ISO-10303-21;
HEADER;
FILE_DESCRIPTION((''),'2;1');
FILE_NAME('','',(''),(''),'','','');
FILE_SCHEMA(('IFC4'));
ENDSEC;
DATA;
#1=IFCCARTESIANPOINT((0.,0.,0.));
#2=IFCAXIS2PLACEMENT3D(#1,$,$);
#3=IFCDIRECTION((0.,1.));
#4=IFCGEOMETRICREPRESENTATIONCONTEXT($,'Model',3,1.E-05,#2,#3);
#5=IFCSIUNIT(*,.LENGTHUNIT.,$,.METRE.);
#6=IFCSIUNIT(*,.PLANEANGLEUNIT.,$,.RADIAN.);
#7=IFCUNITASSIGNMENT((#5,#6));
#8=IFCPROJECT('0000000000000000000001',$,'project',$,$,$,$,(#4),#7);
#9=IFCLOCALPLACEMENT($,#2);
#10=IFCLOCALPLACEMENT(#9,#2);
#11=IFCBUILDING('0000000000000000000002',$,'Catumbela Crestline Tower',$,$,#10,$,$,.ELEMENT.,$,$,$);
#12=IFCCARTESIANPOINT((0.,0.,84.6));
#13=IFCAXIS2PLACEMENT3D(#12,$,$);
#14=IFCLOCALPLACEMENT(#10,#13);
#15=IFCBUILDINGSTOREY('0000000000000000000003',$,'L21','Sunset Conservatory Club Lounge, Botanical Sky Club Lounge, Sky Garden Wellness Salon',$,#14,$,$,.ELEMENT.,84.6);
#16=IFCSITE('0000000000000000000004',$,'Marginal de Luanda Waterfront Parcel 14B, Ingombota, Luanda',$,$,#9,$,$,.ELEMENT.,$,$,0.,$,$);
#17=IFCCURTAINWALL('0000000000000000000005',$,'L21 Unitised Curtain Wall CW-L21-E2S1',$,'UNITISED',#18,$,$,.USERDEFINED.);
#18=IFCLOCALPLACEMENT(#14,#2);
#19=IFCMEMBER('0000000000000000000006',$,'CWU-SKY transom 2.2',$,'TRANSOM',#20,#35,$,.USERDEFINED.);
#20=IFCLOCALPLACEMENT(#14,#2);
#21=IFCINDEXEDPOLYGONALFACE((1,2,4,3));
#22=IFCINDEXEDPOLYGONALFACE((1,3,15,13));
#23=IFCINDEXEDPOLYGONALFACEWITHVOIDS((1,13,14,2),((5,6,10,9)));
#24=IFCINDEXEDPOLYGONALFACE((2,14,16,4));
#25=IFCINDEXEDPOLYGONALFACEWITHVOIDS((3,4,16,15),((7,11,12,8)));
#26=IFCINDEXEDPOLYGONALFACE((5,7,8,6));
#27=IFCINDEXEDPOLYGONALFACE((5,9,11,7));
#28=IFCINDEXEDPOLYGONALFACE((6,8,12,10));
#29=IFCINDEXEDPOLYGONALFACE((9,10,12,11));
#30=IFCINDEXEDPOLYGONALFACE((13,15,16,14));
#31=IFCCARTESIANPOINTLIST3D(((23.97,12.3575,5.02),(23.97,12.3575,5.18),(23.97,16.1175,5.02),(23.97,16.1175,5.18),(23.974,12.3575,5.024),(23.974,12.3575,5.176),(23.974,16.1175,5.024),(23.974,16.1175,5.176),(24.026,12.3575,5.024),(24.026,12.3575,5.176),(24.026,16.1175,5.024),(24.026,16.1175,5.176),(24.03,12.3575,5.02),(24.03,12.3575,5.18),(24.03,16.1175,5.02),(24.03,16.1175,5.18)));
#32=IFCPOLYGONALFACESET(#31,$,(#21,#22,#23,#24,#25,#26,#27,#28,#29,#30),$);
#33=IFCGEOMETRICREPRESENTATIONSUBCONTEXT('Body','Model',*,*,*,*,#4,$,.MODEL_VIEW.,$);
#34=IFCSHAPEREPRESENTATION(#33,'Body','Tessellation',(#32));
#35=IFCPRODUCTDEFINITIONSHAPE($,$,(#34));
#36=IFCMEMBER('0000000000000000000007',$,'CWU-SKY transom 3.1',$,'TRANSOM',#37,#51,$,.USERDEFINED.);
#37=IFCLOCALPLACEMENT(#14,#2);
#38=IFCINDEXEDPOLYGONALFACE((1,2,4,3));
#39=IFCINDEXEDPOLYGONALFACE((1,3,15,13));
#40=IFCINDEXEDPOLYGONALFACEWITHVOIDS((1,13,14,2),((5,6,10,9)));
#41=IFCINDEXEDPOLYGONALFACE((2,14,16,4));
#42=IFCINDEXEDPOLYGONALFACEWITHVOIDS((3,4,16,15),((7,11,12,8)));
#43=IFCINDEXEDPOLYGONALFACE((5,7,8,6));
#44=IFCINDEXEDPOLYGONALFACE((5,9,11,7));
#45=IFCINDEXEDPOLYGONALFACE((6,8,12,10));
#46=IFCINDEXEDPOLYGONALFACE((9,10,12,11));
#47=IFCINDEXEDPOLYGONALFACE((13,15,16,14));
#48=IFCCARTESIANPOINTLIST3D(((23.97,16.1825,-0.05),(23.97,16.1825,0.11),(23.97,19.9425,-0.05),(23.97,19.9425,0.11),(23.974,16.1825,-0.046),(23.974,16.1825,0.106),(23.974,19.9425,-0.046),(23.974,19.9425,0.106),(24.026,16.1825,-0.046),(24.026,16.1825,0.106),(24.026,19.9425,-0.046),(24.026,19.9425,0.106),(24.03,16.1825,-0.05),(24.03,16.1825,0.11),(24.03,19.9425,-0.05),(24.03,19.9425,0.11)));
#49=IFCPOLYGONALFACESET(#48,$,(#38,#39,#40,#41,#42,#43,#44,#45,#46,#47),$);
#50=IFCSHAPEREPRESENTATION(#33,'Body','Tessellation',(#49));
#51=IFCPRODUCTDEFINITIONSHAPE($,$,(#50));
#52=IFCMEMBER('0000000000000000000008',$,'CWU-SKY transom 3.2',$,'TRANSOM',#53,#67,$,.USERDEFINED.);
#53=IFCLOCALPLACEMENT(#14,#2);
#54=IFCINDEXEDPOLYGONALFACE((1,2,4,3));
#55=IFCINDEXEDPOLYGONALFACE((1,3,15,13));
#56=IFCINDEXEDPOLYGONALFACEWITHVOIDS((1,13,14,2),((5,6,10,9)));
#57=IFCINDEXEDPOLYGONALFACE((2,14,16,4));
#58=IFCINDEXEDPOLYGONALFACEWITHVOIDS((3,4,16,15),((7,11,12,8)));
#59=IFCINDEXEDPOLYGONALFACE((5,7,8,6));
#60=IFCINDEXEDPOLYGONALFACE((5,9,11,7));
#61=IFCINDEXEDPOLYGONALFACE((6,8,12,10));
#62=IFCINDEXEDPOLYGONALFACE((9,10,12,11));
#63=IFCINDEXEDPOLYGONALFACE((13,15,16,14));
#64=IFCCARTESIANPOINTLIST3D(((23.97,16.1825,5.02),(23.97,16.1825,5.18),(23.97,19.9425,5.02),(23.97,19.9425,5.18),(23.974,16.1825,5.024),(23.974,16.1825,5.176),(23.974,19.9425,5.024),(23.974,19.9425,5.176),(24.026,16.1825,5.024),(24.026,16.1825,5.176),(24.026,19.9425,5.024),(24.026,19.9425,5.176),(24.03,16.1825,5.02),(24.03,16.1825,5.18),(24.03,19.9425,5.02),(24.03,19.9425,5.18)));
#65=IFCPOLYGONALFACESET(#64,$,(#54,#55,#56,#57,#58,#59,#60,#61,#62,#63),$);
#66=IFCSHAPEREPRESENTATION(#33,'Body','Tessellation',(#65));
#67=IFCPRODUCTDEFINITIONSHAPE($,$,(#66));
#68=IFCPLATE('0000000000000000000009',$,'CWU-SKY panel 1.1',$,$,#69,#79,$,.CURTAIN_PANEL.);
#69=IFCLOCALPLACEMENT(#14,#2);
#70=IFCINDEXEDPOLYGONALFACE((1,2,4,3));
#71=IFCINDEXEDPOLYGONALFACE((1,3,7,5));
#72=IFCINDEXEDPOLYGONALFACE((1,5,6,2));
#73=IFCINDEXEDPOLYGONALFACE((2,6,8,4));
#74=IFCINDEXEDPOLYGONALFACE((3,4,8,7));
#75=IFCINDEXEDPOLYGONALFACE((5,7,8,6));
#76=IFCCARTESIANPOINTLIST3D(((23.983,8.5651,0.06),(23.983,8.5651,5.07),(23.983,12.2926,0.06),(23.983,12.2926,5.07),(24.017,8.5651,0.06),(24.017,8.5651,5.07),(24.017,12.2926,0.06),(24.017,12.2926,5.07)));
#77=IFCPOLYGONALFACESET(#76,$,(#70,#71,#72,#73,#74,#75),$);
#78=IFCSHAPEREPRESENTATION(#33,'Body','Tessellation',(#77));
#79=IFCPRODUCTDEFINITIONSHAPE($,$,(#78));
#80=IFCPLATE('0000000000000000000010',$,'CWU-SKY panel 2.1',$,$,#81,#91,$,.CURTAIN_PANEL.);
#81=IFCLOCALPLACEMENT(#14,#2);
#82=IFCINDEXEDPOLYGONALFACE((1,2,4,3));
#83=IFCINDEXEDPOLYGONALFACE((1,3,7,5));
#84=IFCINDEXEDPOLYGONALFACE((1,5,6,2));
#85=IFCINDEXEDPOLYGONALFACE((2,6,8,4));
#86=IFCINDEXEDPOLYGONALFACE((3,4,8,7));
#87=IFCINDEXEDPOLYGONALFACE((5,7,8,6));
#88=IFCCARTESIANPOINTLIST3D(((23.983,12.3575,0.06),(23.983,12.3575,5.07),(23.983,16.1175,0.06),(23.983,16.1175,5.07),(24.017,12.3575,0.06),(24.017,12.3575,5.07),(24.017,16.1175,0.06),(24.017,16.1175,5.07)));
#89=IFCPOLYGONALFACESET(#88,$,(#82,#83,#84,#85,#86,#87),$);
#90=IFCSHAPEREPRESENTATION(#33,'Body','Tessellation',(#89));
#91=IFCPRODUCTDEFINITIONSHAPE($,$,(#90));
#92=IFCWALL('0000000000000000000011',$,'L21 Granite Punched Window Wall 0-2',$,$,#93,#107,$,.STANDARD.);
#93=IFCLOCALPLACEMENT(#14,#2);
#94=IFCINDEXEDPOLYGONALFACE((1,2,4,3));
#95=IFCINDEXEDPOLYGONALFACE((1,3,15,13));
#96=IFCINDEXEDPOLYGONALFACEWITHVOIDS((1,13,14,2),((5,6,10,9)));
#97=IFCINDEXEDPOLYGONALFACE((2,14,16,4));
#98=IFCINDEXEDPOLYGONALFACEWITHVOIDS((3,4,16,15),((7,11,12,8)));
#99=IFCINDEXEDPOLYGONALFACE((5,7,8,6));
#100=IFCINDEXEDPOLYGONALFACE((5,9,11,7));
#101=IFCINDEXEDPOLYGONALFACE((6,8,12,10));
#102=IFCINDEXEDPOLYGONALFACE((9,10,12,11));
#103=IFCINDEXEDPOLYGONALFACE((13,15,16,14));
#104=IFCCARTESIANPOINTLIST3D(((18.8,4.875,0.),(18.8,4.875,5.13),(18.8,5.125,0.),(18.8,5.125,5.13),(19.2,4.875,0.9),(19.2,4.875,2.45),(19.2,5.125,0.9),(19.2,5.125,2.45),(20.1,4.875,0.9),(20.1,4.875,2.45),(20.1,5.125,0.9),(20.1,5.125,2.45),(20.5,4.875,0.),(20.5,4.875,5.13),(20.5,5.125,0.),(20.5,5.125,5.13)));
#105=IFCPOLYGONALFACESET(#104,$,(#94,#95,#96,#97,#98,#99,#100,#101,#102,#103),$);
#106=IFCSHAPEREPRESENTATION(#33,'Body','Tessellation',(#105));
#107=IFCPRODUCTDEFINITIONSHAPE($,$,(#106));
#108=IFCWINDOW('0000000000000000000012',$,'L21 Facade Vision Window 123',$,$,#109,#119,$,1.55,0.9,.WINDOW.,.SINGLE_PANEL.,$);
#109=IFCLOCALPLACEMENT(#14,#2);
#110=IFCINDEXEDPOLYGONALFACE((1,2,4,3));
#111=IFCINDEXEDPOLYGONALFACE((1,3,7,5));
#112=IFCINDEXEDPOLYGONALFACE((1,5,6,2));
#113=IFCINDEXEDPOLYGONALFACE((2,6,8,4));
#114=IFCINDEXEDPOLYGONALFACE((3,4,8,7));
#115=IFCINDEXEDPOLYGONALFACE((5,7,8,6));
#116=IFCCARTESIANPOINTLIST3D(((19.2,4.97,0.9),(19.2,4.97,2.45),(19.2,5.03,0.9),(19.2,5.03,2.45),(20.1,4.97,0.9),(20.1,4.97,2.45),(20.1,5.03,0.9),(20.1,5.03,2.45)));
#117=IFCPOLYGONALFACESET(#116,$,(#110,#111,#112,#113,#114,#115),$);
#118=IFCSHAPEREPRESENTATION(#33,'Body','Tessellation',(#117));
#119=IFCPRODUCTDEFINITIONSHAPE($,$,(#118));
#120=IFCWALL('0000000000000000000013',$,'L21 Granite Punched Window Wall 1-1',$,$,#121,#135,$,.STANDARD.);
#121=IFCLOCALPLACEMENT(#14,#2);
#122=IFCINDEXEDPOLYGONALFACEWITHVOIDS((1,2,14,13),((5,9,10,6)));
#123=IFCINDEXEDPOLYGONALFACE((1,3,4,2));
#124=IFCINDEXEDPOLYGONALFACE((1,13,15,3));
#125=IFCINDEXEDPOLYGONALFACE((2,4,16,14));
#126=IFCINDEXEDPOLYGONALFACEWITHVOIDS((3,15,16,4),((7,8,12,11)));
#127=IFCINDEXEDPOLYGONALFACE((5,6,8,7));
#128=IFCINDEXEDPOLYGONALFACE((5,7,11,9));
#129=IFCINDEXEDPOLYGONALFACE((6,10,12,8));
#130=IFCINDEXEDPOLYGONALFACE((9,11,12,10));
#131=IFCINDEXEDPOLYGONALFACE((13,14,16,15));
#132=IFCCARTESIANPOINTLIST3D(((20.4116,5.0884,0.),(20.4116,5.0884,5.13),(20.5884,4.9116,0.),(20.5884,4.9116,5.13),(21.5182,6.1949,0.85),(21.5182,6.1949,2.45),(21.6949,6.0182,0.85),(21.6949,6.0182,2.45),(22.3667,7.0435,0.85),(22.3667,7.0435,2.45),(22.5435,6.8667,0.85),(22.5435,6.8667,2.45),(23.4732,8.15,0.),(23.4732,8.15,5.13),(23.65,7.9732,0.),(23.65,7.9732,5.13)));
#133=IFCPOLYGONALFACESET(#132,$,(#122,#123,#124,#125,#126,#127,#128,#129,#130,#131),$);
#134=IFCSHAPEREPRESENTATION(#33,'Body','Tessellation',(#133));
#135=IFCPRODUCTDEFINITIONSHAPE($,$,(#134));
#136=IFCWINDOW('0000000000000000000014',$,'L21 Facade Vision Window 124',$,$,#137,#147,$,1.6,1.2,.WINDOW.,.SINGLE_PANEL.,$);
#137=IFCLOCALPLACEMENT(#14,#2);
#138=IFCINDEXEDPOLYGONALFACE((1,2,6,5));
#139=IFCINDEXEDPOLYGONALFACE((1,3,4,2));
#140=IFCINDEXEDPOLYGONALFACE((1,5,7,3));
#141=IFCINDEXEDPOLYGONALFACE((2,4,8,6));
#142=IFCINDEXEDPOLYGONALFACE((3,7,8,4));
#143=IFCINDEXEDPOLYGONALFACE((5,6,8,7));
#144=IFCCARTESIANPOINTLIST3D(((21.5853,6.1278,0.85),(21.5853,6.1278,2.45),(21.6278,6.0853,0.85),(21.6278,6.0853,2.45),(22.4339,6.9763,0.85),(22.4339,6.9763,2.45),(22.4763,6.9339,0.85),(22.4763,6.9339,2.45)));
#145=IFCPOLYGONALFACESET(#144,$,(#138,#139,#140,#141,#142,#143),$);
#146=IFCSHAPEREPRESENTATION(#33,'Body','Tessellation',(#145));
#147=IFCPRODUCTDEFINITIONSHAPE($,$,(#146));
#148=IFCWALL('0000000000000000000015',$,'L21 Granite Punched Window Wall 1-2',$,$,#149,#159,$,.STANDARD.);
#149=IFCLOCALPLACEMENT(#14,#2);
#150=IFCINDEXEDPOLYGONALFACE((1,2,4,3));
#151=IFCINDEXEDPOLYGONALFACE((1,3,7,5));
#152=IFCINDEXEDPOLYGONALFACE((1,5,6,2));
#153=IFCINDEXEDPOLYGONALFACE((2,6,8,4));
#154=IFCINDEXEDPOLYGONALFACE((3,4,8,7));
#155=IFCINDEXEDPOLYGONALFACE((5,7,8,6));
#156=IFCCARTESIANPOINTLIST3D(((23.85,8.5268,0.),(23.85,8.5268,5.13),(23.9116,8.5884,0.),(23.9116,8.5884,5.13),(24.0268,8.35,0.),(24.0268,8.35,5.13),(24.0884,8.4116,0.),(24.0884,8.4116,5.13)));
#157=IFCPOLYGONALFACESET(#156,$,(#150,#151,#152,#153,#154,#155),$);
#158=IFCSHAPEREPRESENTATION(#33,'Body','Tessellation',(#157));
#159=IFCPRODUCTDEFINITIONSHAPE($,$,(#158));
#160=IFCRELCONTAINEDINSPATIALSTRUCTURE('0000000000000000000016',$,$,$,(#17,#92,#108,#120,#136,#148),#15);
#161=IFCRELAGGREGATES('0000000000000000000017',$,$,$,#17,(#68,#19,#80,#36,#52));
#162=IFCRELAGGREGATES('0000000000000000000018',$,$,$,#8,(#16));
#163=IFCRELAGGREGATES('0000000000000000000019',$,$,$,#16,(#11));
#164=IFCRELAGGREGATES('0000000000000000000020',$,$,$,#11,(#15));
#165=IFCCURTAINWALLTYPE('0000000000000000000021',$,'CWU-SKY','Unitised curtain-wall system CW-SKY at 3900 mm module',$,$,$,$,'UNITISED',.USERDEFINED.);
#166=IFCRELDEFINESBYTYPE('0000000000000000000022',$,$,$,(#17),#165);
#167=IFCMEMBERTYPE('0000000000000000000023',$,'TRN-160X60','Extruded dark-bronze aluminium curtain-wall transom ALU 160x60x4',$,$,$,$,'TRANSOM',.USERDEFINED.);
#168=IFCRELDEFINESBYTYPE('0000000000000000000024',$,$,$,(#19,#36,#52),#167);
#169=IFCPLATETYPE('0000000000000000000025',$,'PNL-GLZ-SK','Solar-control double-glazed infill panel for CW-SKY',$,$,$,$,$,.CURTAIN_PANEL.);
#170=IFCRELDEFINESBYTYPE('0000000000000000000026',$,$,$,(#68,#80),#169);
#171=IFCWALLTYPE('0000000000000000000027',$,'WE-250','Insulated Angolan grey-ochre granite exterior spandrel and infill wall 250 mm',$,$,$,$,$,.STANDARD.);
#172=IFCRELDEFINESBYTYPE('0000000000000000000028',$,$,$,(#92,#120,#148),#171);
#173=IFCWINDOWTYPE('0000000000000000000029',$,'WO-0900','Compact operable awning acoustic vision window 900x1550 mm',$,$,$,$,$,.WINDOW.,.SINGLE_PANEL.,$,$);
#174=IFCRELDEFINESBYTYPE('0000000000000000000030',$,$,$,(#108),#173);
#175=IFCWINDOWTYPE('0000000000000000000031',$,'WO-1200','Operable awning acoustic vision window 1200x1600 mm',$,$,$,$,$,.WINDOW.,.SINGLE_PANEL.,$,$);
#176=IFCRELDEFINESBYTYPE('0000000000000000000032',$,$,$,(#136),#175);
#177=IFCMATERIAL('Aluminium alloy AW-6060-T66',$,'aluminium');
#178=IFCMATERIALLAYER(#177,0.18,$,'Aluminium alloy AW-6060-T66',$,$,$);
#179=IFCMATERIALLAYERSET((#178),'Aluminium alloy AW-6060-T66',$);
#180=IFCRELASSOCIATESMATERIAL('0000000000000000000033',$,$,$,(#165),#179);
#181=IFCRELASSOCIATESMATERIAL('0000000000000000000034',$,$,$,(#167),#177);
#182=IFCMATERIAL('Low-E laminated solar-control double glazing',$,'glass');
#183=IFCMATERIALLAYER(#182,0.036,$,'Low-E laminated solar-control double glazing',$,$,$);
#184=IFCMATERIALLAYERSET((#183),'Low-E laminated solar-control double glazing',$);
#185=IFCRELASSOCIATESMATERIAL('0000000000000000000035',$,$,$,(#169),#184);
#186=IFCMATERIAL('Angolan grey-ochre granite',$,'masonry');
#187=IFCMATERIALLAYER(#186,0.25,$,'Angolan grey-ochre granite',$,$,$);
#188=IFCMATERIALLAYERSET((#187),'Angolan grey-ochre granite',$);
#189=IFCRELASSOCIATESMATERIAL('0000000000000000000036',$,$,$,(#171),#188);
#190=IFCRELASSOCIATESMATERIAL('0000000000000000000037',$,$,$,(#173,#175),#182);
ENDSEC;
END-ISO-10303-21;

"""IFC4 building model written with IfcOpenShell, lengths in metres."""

from ifc_helpers import new_model, si_unit, direction, frame, frame_2d, origin, origin_2d, place, context, subcontext, project, spatial, rectangle, hollow_rectangle, extrude, material, layer, layer_set, material_profile, profile_set, type_object, element, fill, aggregate, save


model = new_model("IFC4")

# Units and contexts
model_context = context("Model", 3, precision=1e-05, world=origin(), true_north=direction((0.0, 1.0)))
body_context = subcontext(model_context, "Body", "Model", "MODEL_VIEW")
ifc_project = project(units=[si_unit("LENGTHUNIT", "METRE"), si_unit("PLANEANGLEUNIT", "RADIAN")], contexts=[model_context])

# Site, building, storey
site_placement = place(None, origin())
site = spatial("IfcSite", under=ifc_project, at=site_placement, Name="Marginal de Luanda Waterfront Parcel 14B, Ingombota, Luanda", CompositionType="ELEMENT", RefElevation=0.0)
building_placement = place(site_placement, origin())
building = spatial("IfcBuilding", under=site, at=building_placement, Name="Catumbela Crestline Tower", CompositionType="ELEMENT")
storey_placement = place(building_placement, frame((0.0, 0.0, 84.6)))
storey = spatial("IfcBuildingStorey", under=building, at=storey_placement, Name="L21", Description="Sunset Conservatory Club Lounge, Botanical Sky Club Lounge, Sky Garden Wellness Salon", CompositionType="ELEMENT", Elevation=84.6)

# Curtain wall
ifc_material_1 = material(Name="Aluminium alloy AW-6060-T66", Category="aluminium")
ifc_layer_1 = layer(ifc_material_1, 0.18, Name="Aluminium alloy AW-6060-T66")
ifc_layer_set_1 = layer_set([ifc_layer_1], Name="Aluminium alloy AW-6060-T66")
curtain_wall_type = type_object("IfcCurtainWallType", Name="CWU-SKY", Description="Unitised curtain-wall system CW-SKY at 3900 mm module", ElementType="UNITISED", PredefinedType="USERDEFINED", material=ifc_layer_set_1)
curtain_wall_placement = place(storey_placement, origin())
curtain_wall = element("IfcCurtainWall", 1, at=curtain_wall_placement, inside=storey, type_object=curtain_wall_type, Name="L21 Unitised Curtain Wall CW-L21-E2S1", ObjectType="UNITISED", PredefinedType="USERDEFINED")

# Members
ifc_material_profile_1 = material_profile(ifc_material_1, hollow_rectangle(XDim=0.06, YDim=0.16, WallThickness=0.004, at=origin_2d()), Name="ALU 160x60x4")
ifc_profile_set_1 = profile_set([ifc_material_profile_1], Name="Aluminium alloy AW-6060-T66")
member_type_1 = type_object("IfcMemberType", Name="TRN-160X60", Description="Extruded dark-bronze aluminium curtain-wall transom ALU 160x60x4", ElementType="TRANSOM", PredefinedType="USERDEFINED", material=ifc_profile_set_1)
member_1_placement = place(storey_placement, frame((24.0, 12.3575, 5.1), z_axis=(0.0, 1.0, 0.0), x_axis=(-1.0, 0.0, 0.0)))
member_1 = element("IfcMember", 2, at=member_1_placement, type_object=member_type_1, Name="CWU-SKY transom 2.2", ObjectType="TRANSOM", PredefinedType="USERDEFINED", context=body_context, shape_type="SweptSolid", body=[
    extrude(hollow_rectangle(XDim=0.06, YDim=0.16, WallThickness=0.004, at=origin_2d()), origin(), (0.0, 0.0, 1.0), 3.76),
])
member_2_placement = place(storey_placement, frame((24.0, 16.1825, 0.03), z_axis=(0.0, 1.0, 0.0), x_axis=(-1.0, 0.0, 0.0)))
member_2 = element("IfcMember", 3, at=member_2_placement, type_object=member_type_1, Name="CWU-SKY transom 3.1", ObjectType="TRANSOM", PredefinedType="USERDEFINED", context=body_context, shape_type="SweptSolid", body=[
    extrude(hollow_rectangle(XDim=0.06, YDim=0.16, WallThickness=0.004, at=origin_2d()), origin(), (0.0, 0.0, 1.0), 3.76),
])
member_3_placement = place(storey_placement, frame((24.0, 16.1825, 5.1), z_axis=(0.0, 1.0, 0.0), x_axis=(-1.0, 0.0, 0.0)))
member_3 = element("IfcMember", 4, at=member_3_placement, type_object=member_type_1, Name="CWU-SKY transom 3.2", ObjectType="TRANSOM", PredefinedType="USERDEFINED", context=body_context, shape_type="SweptSolid", body=[
    extrude(hollow_rectangle(XDim=0.06, YDim=0.16, WallThickness=0.004, at=origin_2d()), origin(), (0.0, 0.0, 1.0), 3.76),
])

# Plates
ifc_material_2 = material(Name="Low-E laminated solar-control double glazing", Category="glass")
ifc_layer_2 = layer(ifc_material_2, 0.036, Name="Low-E laminated solar-control double glazing")
ifc_layer_set_2 = layer_set([ifc_layer_2], Name="Low-E laminated solar-control double glazing")
plate_type = type_object("IfcPlateType", Name="PNL-GLZ-SK", Description="Solar-control double-glazed infill panel for CW-SKY", PredefinedType="CURTAIN_PANEL", material=ifc_layer_set_2)
plate_1_placement = place(storey_placement, frame((24.0, 10.4288, 0.06), z_axis=(0.0, 0.0, 1.0), x_axis=(0.0, 1.0, 0.0)))
plate_1 = element("IfcPlate", 5, at=plate_1_placement, type_object=plate_type, Name="CWU-SKY panel 1.1", PredefinedType="CURTAIN_PANEL", context=body_context, shape_type="SweptSolid", body=[
    extrude(rectangle(XDim=3.7275, YDim=0.034, at=origin_2d()), origin(), (0.0, 0.0, 1.0), 5.01),
])
plate_2_placement = place(storey_placement, frame((24.0, 14.2375, 0.06), z_axis=(0.0, 0.0, 1.0), x_axis=(0.0, 1.0, 0.0)))
plate_2 = element("IfcPlate", 6, at=plate_2_placement, type_object=plate_type, Name="CWU-SKY panel 2.1", PredefinedType="CURTAIN_PANEL", context=body_context, shape_type="SweptSolid", body=[
    extrude(rectangle(XDim=3.76, YDim=0.034, at=origin_2d()), origin(), (0.0, 0.0, 1.0), 5.01),
])
aggregate(curtain_wall, [plate_1, member_1, plate_2, member_2, member_3])

# Walls, openings, windows
ifc_material_3 = material(Name="Angolan grey-ochre granite", Category="masonry")
ifc_layer_3 = layer(ifc_material_3, 0.25, Name="Angolan grey-ochre granite")
ifc_layer_set_3 = layer_set([ifc_layer_3], Name="Angolan grey-ochre granite")
wall_type = type_object("IfcWallType", Name="WE-250", Description="Insulated Angolan grey-ochre granite exterior spandrel and infill wall 250 mm", PredefinedType="STANDARD", material=ifc_layer_set_3)
wall_1_placement = place(storey_placement, frame((18.8, 5.0, 0.0), z_axis=(0.0, 0.0, 1.0), x_axis=(1.0, 0.0, 0.0)))
wall_1 = element("IfcWall", 7, at=wall_1_placement, inside=storey, type_object=wall_type, Name="L21 Granite Punched Window Wall 0-2", PredefinedType="STANDARD", context=body_context, shape_type="SweptSolid", body=[
    extrude(rectangle(XDim=1.7, YDim=0.25, at=frame_2d((0.85, 0.0))), origin(), (0.0, 0.0, 1.0), 5.13),
])
opening_1_placement = place(wall_1_placement, frame((0.4, 0.0, 0.9)))
opening_1 = element("IfcOpeningElement", 8, at=opening_1_placement, cuts=wall_1, PredefinedType="OPENING", context=body_context, shape_type="SweptSolid", body=[
    extrude(rectangle(XDim=0.9, YDim=1.55, at=frame_2d((0.45, 0.775))), frame((0.0, 0.135, 0.0), z_axis=(0.0, -1.0, 0.0), x_axis=(1.0, 0.0, 0.0)), (0.0, 0.0, 1.0), 0.27),
])
window_type_1 = type_object("IfcWindowType", Name="WO-0900", Description="Compact operable awning acoustic vision window 900x1550 mm", PartitioningType="SINGLE_PANEL", PredefinedType="WINDOW", material=ifc_material_2)
window_1_placement = place(opening_1_placement, origin())
window_1 = element("IfcWindow", 9, at=window_1_placement, inside=storey, type_object=window_type_1, Name="L21 Facade Vision Window 123", OverallHeight=1.55, OverallWidth=0.9, PartitioningType="SINGLE_PANEL", PredefinedType="WINDOW", context=body_context, shape_type="SweptSolid", body=[
    extrude(rectangle(XDim=0.9, YDim=1.55, at=frame_2d((0.45, 0.775))), frame((0.0, 0.03, 0.0), z_axis=(0.0, -1.0, 0.0), x_axis=(1.0, 0.0, 0.0)), (0.0, 0.0, 1.0), 0.06),
])
fill(opening_1, window_1)
wall_2_placement = place(storey_placement, frame((20.5, 5.0, 0.0), z_axis=(0.0, 0.0, 1.0), x_axis=(0.707107, 0.707107, 0.0)))
wall_2 = element("IfcWall", 10, at=wall_2_placement, inside=storey, type_object=wall_type, Name="L21 Granite Punched Window Wall 1-1", PredefinedType="STANDARD", context=body_context, shape_type="SweptSolid", body=[
    extrude(rectangle(XDim=4.3298, YDim=0.25, at=frame_2d((2.1649, 0.0))), origin(), (0.0, 0.0, 1.0), 5.13),
])
opening_2_placement = place(wall_2_placement, frame((1.5649, 0.0, 0.85)))
opening_2 = element("IfcOpeningElement", 11, at=opening_2_placement, cuts=wall_2, PredefinedType="OPENING", context=body_context, shape_type="SweptSolid", body=[
    extrude(rectangle(XDim=1.2, YDim=1.6, at=frame_2d((0.6, 0.8))), frame((0.0, 0.135, 0.0), z_axis=(0.0, -1.0, 0.0), x_axis=(1.0, 0.0, 0.0)), (0.0, 0.0, 1.0), 0.27),
])
window_type_2 = type_object("IfcWindowType", Name="WO-1200", Description="Operable awning acoustic vision window 1200x1600 mm", PartitioningType="SINGLE_PANEL", PredefinedType="WINDOW", material=ifc_material_2)
window_2_placement = place(opening_2_placement, origin())
window_2 = element("IfcWindow", 12, at=window_2_placement, inside=storey, type_object=window_type_2, Name="L21 Facade Vision Window 124", OverallHeight=1.6, OverallWidth=1.2, PartitioningType="SINGLE_PANEL", PredefinedType="WINDOW", context=body_context, shape_type="SweptSolid", body=[
    extrude(rectangle(XDim=1.2, YDim=1.6, at=frame_2d((0.6, 0.8))), frame((0.0, 0.03, 0.0), z_axis=(0.0, -1.0, 0.0), x_axis=(1.0, 0.0, 0.0)), (0.0, 0.0, 1.0), 0.06),
])
fill(opening_2, window_2)

# Wall
wall_3_placement = place(storey_placement, frame((23.9384, 8.4384, 0.0), z_axis=(0.0, 0.0, 1.0), x_axis=(0.707107, 0.707107, 0.0)))
element("IfcWall", 13, at=wall_3_placement, inside=storey, type_object=wall_type, Name="L21 Granite Punched Window Wall 1-2", PredefinedType="STANDARD", context=body_context, shape_type="SweptSolid", body=[
    extrude(rectangle(XDim=0.0871, YDim=0.25, at=frame_2d((0.0436, 0.0))), origin(), (0.0, 0.0, 1.0), 5.13),
])

save(model, "model.ifc")
